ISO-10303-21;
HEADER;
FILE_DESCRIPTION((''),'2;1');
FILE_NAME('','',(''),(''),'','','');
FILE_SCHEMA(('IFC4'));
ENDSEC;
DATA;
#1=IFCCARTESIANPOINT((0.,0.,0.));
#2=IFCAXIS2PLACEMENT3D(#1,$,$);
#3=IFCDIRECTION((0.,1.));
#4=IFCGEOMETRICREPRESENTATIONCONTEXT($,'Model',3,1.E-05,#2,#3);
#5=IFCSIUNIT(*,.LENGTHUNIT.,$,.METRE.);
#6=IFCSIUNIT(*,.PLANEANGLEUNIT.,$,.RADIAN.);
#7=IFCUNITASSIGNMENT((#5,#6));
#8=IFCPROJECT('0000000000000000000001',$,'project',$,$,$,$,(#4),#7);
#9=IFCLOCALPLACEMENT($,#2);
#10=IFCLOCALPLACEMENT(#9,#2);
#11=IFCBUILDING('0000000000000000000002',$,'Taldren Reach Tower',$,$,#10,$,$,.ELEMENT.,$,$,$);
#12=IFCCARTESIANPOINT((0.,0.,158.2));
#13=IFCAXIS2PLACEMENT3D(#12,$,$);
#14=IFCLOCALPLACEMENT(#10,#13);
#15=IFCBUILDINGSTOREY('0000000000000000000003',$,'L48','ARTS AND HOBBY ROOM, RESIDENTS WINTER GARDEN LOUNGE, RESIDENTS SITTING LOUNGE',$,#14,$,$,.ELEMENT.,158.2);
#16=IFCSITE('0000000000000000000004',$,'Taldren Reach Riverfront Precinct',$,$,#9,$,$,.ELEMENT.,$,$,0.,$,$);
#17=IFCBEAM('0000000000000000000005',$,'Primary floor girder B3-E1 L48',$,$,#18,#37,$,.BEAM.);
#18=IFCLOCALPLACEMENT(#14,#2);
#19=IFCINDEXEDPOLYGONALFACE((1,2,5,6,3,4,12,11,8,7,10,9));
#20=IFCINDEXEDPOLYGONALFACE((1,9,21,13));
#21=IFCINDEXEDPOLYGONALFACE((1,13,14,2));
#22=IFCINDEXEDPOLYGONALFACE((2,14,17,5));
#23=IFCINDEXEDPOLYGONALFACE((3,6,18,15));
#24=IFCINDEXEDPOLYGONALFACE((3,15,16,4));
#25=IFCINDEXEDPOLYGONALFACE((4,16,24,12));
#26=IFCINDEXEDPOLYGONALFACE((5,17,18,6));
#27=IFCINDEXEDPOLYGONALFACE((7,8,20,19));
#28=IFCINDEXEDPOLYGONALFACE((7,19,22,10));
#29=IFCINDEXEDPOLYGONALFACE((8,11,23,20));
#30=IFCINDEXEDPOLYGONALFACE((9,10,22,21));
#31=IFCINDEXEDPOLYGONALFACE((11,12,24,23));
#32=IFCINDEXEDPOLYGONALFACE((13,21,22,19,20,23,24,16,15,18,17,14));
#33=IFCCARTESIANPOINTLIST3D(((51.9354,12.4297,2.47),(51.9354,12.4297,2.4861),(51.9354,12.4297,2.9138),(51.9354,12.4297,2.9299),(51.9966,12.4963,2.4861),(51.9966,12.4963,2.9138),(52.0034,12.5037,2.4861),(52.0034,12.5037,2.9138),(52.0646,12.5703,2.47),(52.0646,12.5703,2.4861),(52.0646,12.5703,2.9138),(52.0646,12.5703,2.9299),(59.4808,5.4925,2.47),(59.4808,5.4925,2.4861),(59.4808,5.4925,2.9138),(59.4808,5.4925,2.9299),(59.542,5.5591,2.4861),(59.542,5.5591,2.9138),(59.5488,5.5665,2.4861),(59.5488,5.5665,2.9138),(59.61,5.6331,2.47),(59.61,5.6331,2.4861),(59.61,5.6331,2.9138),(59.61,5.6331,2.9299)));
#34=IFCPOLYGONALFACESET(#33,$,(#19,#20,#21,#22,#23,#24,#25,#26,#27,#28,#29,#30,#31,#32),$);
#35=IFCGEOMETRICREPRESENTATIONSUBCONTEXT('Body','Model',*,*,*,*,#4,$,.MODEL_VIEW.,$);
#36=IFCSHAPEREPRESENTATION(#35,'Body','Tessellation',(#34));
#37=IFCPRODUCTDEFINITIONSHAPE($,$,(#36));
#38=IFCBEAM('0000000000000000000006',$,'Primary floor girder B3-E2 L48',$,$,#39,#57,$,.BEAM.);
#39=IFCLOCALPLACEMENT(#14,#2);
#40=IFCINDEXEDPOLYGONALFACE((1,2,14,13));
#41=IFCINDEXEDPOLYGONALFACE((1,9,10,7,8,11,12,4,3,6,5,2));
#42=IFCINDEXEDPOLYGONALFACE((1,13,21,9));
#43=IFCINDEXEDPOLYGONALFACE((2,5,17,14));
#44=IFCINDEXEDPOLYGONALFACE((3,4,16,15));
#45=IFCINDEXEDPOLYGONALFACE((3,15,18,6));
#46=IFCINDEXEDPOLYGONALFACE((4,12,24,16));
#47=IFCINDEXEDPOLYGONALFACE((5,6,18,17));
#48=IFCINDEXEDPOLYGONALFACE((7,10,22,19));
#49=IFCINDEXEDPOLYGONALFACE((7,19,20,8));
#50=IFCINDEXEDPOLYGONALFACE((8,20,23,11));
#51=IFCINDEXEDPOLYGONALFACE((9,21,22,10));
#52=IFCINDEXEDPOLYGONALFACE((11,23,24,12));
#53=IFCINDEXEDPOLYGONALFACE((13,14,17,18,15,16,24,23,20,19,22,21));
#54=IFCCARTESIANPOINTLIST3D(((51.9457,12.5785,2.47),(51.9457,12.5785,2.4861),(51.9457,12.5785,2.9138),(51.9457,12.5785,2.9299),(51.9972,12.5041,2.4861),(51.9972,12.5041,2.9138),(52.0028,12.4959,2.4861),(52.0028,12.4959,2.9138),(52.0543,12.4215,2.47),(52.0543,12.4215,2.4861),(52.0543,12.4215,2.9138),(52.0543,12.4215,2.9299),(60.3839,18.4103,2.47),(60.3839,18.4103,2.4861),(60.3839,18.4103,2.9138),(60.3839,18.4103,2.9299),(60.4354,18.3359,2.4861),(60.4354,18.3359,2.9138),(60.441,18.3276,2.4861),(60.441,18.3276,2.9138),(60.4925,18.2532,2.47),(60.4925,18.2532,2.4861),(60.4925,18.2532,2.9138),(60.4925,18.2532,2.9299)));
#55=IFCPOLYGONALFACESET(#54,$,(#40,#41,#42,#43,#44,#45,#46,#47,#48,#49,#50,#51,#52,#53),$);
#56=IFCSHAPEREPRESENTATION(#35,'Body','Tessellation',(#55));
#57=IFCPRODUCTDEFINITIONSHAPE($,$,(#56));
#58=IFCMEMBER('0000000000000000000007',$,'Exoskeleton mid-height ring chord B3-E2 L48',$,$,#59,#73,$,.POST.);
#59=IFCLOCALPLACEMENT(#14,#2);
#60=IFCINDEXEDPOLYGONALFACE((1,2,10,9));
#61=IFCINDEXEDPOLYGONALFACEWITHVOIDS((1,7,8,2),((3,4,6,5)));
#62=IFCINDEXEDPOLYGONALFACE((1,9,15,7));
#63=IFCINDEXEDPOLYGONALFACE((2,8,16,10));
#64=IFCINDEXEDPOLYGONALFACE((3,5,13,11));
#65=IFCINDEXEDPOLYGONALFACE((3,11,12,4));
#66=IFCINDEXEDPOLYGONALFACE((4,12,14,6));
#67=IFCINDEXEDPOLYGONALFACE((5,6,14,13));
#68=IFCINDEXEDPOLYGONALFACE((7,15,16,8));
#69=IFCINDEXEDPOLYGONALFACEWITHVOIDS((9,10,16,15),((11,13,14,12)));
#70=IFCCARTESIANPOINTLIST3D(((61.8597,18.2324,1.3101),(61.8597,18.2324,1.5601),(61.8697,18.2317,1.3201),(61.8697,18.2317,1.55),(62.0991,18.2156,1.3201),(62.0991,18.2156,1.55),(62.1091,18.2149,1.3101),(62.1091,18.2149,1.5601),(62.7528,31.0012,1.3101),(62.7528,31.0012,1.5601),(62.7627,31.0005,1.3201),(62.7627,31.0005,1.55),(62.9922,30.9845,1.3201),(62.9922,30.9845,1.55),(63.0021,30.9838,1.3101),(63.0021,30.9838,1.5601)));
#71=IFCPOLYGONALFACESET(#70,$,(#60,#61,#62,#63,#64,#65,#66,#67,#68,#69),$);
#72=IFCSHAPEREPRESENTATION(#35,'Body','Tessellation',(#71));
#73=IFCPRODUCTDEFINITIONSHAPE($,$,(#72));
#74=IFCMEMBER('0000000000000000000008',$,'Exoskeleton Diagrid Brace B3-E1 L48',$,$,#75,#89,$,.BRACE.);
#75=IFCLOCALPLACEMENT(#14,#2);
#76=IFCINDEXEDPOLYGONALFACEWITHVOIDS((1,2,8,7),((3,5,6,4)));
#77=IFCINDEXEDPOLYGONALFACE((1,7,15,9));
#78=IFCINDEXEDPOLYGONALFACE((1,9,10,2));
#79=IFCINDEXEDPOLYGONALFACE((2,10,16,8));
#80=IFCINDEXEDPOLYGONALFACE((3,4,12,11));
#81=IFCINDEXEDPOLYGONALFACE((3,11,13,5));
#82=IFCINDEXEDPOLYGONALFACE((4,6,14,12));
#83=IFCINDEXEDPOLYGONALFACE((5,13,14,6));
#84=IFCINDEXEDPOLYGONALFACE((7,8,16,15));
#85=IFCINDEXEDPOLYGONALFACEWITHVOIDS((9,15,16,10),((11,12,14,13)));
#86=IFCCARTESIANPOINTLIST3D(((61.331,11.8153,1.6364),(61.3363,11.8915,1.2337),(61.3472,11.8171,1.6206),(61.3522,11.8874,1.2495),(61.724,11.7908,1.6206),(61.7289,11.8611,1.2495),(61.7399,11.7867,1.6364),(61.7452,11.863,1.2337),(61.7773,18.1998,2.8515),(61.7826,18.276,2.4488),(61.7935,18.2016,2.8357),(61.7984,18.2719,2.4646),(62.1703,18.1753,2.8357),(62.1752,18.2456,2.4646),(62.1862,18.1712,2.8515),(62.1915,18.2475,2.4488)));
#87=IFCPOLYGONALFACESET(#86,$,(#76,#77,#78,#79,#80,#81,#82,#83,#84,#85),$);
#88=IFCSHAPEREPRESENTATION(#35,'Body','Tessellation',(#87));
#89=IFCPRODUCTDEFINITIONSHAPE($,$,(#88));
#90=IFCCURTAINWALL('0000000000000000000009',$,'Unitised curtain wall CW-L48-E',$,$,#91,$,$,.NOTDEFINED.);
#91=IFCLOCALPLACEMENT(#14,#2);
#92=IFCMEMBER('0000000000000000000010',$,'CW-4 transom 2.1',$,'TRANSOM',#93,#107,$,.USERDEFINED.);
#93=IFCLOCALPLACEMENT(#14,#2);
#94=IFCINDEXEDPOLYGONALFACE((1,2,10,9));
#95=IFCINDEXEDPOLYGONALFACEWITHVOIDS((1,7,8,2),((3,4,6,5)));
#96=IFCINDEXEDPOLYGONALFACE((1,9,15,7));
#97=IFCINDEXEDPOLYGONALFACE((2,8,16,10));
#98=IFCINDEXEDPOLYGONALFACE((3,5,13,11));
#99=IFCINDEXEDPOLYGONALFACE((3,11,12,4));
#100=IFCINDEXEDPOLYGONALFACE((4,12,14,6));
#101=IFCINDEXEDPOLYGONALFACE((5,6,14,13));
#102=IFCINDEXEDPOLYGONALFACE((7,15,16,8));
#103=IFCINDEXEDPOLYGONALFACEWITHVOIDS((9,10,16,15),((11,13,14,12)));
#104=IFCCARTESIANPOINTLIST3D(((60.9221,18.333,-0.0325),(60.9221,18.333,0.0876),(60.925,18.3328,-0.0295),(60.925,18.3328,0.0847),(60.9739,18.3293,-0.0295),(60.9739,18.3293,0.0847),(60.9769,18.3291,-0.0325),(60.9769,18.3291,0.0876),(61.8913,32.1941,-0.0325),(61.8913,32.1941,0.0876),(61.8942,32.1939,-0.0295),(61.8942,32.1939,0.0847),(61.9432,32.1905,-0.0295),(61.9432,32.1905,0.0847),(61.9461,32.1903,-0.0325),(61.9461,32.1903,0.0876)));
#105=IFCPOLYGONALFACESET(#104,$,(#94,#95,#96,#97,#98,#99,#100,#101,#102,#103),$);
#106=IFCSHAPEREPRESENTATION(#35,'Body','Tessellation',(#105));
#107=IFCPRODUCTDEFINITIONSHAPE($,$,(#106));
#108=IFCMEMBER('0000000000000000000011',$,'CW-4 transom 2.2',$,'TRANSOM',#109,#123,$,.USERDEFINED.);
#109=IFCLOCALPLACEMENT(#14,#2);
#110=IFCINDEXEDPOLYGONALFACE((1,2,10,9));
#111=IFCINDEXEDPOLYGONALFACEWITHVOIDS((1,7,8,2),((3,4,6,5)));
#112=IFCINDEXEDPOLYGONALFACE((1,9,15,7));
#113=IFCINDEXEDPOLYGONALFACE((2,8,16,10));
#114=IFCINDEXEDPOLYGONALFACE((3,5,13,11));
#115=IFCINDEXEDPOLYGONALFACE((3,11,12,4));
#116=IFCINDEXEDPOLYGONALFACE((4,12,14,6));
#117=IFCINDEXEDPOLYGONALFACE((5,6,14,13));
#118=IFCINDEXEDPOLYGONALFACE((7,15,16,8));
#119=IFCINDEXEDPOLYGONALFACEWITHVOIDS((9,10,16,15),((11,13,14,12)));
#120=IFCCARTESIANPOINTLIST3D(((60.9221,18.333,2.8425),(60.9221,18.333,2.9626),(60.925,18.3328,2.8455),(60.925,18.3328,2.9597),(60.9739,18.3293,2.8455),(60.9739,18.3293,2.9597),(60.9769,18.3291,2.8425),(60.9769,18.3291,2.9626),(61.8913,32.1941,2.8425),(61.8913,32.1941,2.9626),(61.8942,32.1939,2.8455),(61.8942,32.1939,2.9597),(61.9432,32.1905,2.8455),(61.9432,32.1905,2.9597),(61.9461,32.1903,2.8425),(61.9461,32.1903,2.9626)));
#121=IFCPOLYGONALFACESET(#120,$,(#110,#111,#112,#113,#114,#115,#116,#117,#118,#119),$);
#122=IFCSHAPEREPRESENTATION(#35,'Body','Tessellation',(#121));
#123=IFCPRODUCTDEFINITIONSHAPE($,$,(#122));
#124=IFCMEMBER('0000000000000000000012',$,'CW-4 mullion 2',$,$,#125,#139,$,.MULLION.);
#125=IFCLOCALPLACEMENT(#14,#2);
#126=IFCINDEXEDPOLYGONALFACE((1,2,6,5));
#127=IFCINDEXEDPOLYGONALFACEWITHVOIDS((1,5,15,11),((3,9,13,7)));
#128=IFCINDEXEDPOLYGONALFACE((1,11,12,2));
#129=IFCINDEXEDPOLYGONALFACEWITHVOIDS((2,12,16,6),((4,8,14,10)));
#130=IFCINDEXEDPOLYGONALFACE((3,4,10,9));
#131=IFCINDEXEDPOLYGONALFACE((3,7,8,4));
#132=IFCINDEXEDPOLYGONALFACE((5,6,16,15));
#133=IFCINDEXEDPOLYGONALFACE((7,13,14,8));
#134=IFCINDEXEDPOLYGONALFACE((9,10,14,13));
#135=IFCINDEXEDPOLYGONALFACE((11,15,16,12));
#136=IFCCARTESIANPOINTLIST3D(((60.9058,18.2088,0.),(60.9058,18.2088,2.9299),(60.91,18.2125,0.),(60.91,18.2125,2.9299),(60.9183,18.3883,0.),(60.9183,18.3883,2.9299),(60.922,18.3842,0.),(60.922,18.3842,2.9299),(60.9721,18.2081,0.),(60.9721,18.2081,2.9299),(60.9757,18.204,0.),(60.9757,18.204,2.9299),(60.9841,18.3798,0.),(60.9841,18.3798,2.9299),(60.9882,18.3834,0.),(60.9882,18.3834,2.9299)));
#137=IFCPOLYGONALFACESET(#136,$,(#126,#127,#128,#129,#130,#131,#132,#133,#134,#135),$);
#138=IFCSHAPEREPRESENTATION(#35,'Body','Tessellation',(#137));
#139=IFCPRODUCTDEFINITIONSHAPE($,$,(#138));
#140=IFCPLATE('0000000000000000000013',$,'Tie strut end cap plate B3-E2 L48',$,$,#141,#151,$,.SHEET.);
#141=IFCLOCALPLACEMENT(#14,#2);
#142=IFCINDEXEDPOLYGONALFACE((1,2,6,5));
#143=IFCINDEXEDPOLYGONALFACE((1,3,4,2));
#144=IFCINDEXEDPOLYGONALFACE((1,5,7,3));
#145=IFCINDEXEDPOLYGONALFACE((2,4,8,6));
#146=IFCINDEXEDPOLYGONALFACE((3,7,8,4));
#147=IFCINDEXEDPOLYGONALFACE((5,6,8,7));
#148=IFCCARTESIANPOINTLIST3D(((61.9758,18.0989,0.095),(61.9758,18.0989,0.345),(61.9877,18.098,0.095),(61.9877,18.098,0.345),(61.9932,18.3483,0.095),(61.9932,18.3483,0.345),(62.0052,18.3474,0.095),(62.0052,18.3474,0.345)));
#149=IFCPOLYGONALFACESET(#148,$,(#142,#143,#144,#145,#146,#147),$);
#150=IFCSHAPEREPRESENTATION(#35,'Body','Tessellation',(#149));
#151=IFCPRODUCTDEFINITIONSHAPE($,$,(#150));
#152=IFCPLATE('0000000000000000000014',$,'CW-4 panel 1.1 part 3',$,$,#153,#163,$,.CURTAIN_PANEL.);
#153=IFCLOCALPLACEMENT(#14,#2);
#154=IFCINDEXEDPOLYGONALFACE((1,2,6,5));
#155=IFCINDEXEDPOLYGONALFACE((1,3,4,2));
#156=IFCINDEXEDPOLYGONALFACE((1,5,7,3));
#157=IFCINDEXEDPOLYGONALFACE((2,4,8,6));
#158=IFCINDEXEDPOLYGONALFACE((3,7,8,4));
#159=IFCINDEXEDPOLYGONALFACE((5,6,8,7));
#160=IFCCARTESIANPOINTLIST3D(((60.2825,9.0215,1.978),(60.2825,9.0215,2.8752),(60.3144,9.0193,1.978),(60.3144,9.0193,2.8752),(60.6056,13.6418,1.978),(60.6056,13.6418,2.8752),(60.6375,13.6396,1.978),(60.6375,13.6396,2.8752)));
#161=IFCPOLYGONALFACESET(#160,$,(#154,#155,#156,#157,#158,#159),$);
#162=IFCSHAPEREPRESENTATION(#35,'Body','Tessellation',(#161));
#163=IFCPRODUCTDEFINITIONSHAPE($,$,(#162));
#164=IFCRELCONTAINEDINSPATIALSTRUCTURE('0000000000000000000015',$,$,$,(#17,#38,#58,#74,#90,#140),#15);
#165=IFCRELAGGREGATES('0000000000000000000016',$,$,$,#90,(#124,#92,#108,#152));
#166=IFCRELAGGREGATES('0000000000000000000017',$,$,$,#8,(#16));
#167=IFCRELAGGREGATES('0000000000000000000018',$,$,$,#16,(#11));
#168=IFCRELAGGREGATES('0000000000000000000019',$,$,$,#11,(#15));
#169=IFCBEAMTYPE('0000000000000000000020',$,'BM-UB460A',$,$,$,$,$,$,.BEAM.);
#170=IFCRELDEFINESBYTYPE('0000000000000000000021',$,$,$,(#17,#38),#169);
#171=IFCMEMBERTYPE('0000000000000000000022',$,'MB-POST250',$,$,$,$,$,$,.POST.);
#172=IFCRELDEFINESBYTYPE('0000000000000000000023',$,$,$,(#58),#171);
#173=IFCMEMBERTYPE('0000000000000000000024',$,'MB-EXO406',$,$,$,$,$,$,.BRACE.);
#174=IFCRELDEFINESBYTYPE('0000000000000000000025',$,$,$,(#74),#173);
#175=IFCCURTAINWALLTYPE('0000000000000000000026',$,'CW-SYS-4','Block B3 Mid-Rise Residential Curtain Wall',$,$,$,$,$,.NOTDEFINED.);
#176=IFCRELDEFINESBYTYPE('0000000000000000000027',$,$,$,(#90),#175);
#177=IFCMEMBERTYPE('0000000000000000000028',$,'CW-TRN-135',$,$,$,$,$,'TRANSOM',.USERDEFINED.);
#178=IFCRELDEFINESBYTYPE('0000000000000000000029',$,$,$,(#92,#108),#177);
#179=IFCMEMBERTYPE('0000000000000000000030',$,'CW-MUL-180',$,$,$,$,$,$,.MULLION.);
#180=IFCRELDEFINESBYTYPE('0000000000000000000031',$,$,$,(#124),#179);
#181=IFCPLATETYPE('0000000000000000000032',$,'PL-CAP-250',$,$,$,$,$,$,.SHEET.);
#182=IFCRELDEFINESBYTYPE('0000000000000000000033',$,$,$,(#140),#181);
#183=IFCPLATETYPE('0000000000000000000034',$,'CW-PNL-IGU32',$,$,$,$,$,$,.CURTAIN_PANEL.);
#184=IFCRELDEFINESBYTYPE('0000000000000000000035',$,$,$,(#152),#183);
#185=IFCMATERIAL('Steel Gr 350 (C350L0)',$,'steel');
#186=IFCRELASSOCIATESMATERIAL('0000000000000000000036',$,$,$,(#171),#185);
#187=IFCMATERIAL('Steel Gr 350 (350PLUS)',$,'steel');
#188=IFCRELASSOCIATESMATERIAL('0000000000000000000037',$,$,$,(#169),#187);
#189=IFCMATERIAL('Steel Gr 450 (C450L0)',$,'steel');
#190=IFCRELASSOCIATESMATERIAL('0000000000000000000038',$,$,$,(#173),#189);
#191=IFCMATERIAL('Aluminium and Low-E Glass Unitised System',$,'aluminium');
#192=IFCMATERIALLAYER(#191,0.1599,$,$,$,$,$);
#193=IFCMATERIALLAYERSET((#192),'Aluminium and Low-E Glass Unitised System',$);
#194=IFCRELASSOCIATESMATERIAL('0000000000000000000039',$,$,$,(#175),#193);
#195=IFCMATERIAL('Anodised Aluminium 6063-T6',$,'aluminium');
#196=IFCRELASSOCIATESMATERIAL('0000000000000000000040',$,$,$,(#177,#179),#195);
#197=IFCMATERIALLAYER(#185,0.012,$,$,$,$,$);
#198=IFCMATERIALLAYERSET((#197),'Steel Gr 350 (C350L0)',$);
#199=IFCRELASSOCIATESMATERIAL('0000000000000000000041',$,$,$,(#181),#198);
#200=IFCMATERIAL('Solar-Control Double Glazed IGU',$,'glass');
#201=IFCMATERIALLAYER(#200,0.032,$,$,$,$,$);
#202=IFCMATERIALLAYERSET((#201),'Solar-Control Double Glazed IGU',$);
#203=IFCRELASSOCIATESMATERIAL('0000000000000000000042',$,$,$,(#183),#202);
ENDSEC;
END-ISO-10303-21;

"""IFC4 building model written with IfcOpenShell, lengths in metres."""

from ifc_helpers import new_model, si_unit, direction, frame, origin, origin_2d, place, context, subcontext, project, spatial, rectangle, hollow_rectangle, i_section, extrude, source, transform, mapped, material, layer, layer_set, material_profile, profile_set, type_object, element, aggregate, save


model = new_model("IFC4")

# Units and contexts
model_context = context("Model", 3, precision=1e-05, world=origin(), true_north=direction((0.0, 1.0)))
body_context = subcontext(model_context, "Body", "Model", "MODEL_VIEW")
ifc_project = project(units=[si_unit("LENGTHUNIT", "METRE"), si_unit("PLANEANGLEUNIT", "RADIAN")], contexts=[model_context])

# Site, building, storey
site_placement = place(None, origin())
site = spatial("IfcSite", under=ifc_project, at=site_placement, Name="Taldren Reach Riverfront Precinct", CompositionType="ELEMENT", RefElevation=0.0)
building_placement = place(site_placement, origin())
building = spatial("IfcBuilding", under=site, at=building_placement, Name="Taldren Reach Tower", CompositionType="ELEMENT")
storey_placement = place(building_placement, frame((0.0, 0.0, 158.2)))
storey = spatial("IfcBuildingStorey", under=building, at=storey_placement, Name="L48", Description="ARTS AND HOBBY ROOM, RESIDENTS WINTER GARDEN LOUNGE, RESIDENTS SITTING LOUNGE", CompositionType="ELEMENT", Elevation=158.2)

# Shared definitions
ifc_material_1 = material(Name="Steel Gr 350 (350PLUS)", Category="steel")

# Shared definitions
ifc_material_2 = material(Name="Steel Gr 450 (C450L0)", Category="steel")
ifc_material_3 = material(Name="Steel Gr 350 (C350L0)", Category="steel")
ifc_material_profile_1 = material_profile(ifc_material_3, hollow_rectangle(XDim=0.25, YDim=0.25, WallThickness=0.01, at=origin_2d()), Name="250x250x10.0SHS")
ifc_profile_set_1 = profile_set([ifc_material_profile_1], Name="Steel Gr 350 (C350L0)")
member_type_1 = type_object("IfcMemberType", Name="MB-POST250", PredefinedType="POST", material=ifc_profile_set_1)

# Beams
ifc_material_profile_2 = material_profile(ifc_material_1, i_section(OverallWidth=0.1909, OverallDepth=0.46, WebThickness=0.01, FlangeThickness=0.0161, at=origin_2d()), Name="460UB82.1")
ifc_profile_set_2 = profile_set([ifc_material_profile_2], Name="Steel Gr 350 (350PLUS)")
beam_type_1 = type_object("IfcBeamType", Name="BM-UB460A", PredefinedType="BEAM", material=ifc_profile_set_2)
shared_shape_1 = source(origin(), body_context, "Body", "SweptSolid", [
    extrude(i_section(OverallWidth=0.1909, OverallDepth=0.46, WebThickness=0.01, FlangeThickness=0.0161, at=origin_2d()), origin(), (0.0, 0.0, 1.0), 10.2498),
])
beam_1_placement = place(storey_placement, frame((52.0, 12.5, 2.7), z_axis=(0.736151, -0.676818, 0.0), x_axis=(0.676818, 0.736151, 0.0)))
element("IfcBeam", 1, at=beam_1_placement, inside=storey, type_object=beam_type_1, Name="Primary floor girder B3-E1 L48", PredefinedType="BEAM", context=body_context, shape_type="MappedRepresentation", body=[
    mapped(shared_shape_1, transform((0.0, 0.0, 0.0), scale=1.0)),
])
shared_shape_2 = source(origin(), body_context, "Body", "SweptSolid", [
    extrude(i_section(OverallWidth=0.1909, OverallDepth=0.46, WebThickness=0.01, FlangeThickness=0.0161, at=origin_2d()), origin(), (0.0, 0.0, 1.0), 10.2573),
])
beam_2_placement = place(storey_placement, frame((52.0, 12.5, 2.7), z_axis=(0.822651, 0.568546, 0.0), x_axis=(-0.568546, 0.822651, 0.0)))
element("IfcBeam", 2, at=beam_2_placement, inside=storey, type_object=beam_type_1, Name="Primary floor girder B3-E2 L48", PredefinedType="BEAM", context=body_context, shape_type="MappedRepresentation", body=[
    mapped(shared_shape_2, transform((0.0, 0.0, 0.0), scale=1.0)),
])

# Members
shared_shape_3 = source(origin(), body_context, "Body", "SweptSolid", [
    extrude(hollow_rectangle(XDim=0.25, YDim=0.25, WallThickness=0.01, at=origin_2d()), origin(), (0.0, 0.0, 1.0), 12.8),
])
member_1_placement = place(storey_placement, frame((61.9844, 18.2236, 1.4351), z_axis=(0.069771, 0.997563, 0.0), x_axis=(-0.997563, 0.069771, 0.0)))
element("IfcMember", 3, at=member_1_placement, inside=storey, type_object=member_type_1, Name="Exoskeleton mid-height ring chord B3-E2 L48", PredefinedType="POST", context=body_context, shape_type="MappedRepresentation", body=[
    mapped(shared_shape_3, transform((0.0, 0.0, 0.0), scale=1.0)),
])
ifc_material_profile_3 = material_profile(ifc_material_2, hollow_rectangle(XDim=0.4099, YDim=0.4099, WallThickness=0.0161, at=origin_2d()), Name="410x410x16.0SHS")
ifc_profile_set_3 = profile_set([ifc_material_profile_3], Name="Steel Gr 450 (C450L0)")
member_type_2 = type_object("IfcMemberType", Name="MB-EXO406", PredefinedType="BRACE", material=ifc_profile_set_3)
shared_shape_4 = source(origin(), body_context, "Body", "SweptSolid", [
    extrude(hollow_rectangle(XDim=0.4099, YDim=0.4099, WallThickness=0.0161, at=origin_2d()), origin(), (0.0, 0.0, 1.0), 6.5144),
])
member_2_placement = place(storey_placement, frame((61.5381, 11.8391, 1.4351), z_axis=(0.068508, 0.980059, 0.186523), x_axis=(-0.997566, 0.069732, 0.0)))
element("IfcMember", 4, at=member_2_placement, inside=storey, type_object=member_type_2, Name="Exoskeleton Diagrid Brace B3-E1 L48", PredefinedType="BRACE", context=body_context, shape_type="MappedRepresentation", body=[
    mapped(shared_shape_4, transform((0.0, 0.0, 0.0), scale=1.0)),
])

# Curtain wall, members
ifc_material_4 = material(Name="Aluminium and Low-E Glass Unitised System", Category="aluminium")
ifc_layer_1 = layer(ifc_material_4, 0.1599)
ifc_layer_set_1 = layer_set([ifc_layer_1], Name="Aluminium and Low-E Glass Unitised System")
curtain_wall_type = type_object("IfcCurtainWallType", Name="CW-SYS-4", Description="Block B3 Mid-Rise Residential Curtain Wall", PredefinedType="NOTDEFINED", material=ifc_layer_set_1)
curtain_wall_placement = place(storey_placement, origin())
curtain_wall = element("IfcCurtainWall", 5, at=curtain_wall_placement, inside=storey, type_object=curtain_wall_type, Name="Unitised curtain wall CW-L48-E", PredefinedType="NOTDEFINED")
ifc_material_5 = material(Name="Anodised Aluminium 6063-T6", Category="aluminium")
ifc_material_profile_4 = material_profile(ifc_material_5, hollow_rectangle(XDim=0.0549, YDim=0.1201, WallThickness=0.0029, at=origin_2d()), Name="ALU-120x55x3RHS")
ifc_profile_set_4 = profile_set([ifc_material_profile_4], Name="Anodised Aluminium 6063-T6")
member_type_3 = type_object("IfcMemberType", Name="CW-TRN-135", ElementType="TRANSOM", PredefinedType="USERDEFINED", material=ifc_profile_set_4)
shared_shape_5 = source(origin(), body_context, "Body", "SweptSolid", [
    extrude(hollow_rectangle(XDim=0.0549, YDim=0.1201, WallThickness=0.0029, at=origin_2d()), origin(), (0.0, 0.0, 1.0), 13.895),
])
member_3_placement = place(storey_placement, frame((60.9495, 18.3311, 0.0276), z_axis=(0.069755, 0.997564, 0.0), x_axis=(-0.997564, 0.069755, 0.0)))
member_3 = element("IfcMember", 6, at=member_3_placement, type_object=member_type_3, Name="CW-4 transom 2.1", ObjectType="TRANSOM", PredefinedType="USERDEFINED", context=body_context, shape_type="MappedRepresentation", body=[
    mapped(shared_shape_5, transform((0.0, 0.0, 0.0), scale=1.0)),
])
member_4_placement = place(storey_placement, frame((60.9495, 18.3311, 2.9026), z_axis=(0.069755, 0.997564, 0.0), x_axis=(-0.997564, 0.069755, 0.0)))
member_4 = element("IfcMember", 7, at=member_4_placement, type_object=member_type_3, Name="CW-4 transom 2.2", ObjectType="TRANSOM", PredefinedType="USERDEFINED", context=body_context, shape_type="MappedRepresentation", body=[
    mapped(shared_shape_5, transform((0.0, 0.0, 0.0), scale=1.0)),
])
ifc_material_profile_5 = material_profile(ifc_material_5, hollow_rectangle(XDim=0.0701, YDim=0.1799, WallThickness=0.0039, at=origin_2d()), Name="ALU-180x70x4RHS")
ifc_profile_set_5 = profile_set([ifc_material_profile_5], Name="Anodised Aluminium 6063-T6")
member_type_4 = type_object("IfcMemberType", Name="CW-MUL-180", PredefinedType="MULLION", material=ifc_profile_set_5)
shared_shape_6 = source(origin(), body_context, "Body", "SweptSolid", [
    extrude(hollow_rectangle(XDim=0.0701, YDim=0.1799, WallThickness=0.0039, at=origin_2d()), origin(), (0.0, 0.0, 1.0), 2.9299),
])
member_5_placement = place(storey_placement, frame((60.947, 18.2961, 0.0), z_axis=(0.0, 0.0, 1.0), x_axis=(-0.997564, 0.069756, 0.0)))
member_5 = element("IfcMember", 8, at=member_5_placement, type_object=member_type_4, Name="CW-4 mullion 2", PredefinedType="MULLION", context=body_context, shape_type="MappedRepresentation", body=[
    mapped(shared_shape_6, transform((0.0, 0.0, 0.0), scale=1.0)),
])

# Plates
ifc_layer_2 = layer(ifc_material_3, 0.012)
ifc_layer_set_2 = layer_set([ifc_layer_2], Name="Steel Gr 350 (C350L0)")
plate_type_1 = type_object("IfcPlateType", Name="PL-CAP-250", PredefinedType="SHEET", material=ifc_layer_set_2)
shared_shape_7 = source(origin(), body_context, "Body", "SweptSolid", [
    extrude(rectangle(XDim=0.012, YDim=0.25, at=origin_2d()), origin(), (0.0, 0.0, 1.0), 0.25),
])
plate_1_placement = place(storey_placement, frame((61.9905, 18.2231, 0.095), z_axis=(0.0, 0.0, 1.0), x_axis=(0.997564, -0.069756, 0.0)))
element("IfcPlate", 9, at=plate_1_placement, inside=storey, type_object=plate_type_1, Name="Tie strut end cap plate B3-E2 L48", PredefinedType="SHEET", context=body_context, shape_type="MappedRepresentation", body=[
    mapped(shared_shape_7, transform((0.0, 0.0, 0.0), scale=1.0)),
])
ifc_material_6 = material(Name="Solar-Control Double Glazed IGU", Category="glass")
ifc_layer_3 = layer(ifc_material_6, 0.032)
ifc_layer_set_3 = layer_set([ifc_layer_3], Name="Solar-Control Double Glazed IGU")
plate_type_2 = type_object("IfcPlateType", Name="CW-PNL-IGU32", PredefinedType="CURTAIN_PANEL", material=ifc_layer_set_3)
shared_shape_8 = source(origin(), body_context, "Body", "SweptSolid", [
    extrude(rectangle(XDim=4.6316, YDim=0.032, at=origin_2d()), origin(), (0.0, 0.0, 1.0), 0.8972),
])
plate_2_placement = place(storey_placement, frame((60.46, 11.3306, 1.978), z_axis=(0.0, 0.0, 1.0), x_axis=(0.069756, 0.997564, 0.0)))
plate_2 = element("IfcPlate", 10, at=plate_2_placement, type_object=plate_type_2, Name="CW-4 panel 1.1 part 3", PredefinedType="CURTAIN_PANEL", context=body_context, shape_type="MappedRepresentation", body=[
    mapped(shared_shape_8, transform((0.0, 0.0, 0.0), scale=1.0)),
])
aggregate(curtain_wall, [member_5, member_3, member_4, plate_2])

save(model, "model.ifc")
